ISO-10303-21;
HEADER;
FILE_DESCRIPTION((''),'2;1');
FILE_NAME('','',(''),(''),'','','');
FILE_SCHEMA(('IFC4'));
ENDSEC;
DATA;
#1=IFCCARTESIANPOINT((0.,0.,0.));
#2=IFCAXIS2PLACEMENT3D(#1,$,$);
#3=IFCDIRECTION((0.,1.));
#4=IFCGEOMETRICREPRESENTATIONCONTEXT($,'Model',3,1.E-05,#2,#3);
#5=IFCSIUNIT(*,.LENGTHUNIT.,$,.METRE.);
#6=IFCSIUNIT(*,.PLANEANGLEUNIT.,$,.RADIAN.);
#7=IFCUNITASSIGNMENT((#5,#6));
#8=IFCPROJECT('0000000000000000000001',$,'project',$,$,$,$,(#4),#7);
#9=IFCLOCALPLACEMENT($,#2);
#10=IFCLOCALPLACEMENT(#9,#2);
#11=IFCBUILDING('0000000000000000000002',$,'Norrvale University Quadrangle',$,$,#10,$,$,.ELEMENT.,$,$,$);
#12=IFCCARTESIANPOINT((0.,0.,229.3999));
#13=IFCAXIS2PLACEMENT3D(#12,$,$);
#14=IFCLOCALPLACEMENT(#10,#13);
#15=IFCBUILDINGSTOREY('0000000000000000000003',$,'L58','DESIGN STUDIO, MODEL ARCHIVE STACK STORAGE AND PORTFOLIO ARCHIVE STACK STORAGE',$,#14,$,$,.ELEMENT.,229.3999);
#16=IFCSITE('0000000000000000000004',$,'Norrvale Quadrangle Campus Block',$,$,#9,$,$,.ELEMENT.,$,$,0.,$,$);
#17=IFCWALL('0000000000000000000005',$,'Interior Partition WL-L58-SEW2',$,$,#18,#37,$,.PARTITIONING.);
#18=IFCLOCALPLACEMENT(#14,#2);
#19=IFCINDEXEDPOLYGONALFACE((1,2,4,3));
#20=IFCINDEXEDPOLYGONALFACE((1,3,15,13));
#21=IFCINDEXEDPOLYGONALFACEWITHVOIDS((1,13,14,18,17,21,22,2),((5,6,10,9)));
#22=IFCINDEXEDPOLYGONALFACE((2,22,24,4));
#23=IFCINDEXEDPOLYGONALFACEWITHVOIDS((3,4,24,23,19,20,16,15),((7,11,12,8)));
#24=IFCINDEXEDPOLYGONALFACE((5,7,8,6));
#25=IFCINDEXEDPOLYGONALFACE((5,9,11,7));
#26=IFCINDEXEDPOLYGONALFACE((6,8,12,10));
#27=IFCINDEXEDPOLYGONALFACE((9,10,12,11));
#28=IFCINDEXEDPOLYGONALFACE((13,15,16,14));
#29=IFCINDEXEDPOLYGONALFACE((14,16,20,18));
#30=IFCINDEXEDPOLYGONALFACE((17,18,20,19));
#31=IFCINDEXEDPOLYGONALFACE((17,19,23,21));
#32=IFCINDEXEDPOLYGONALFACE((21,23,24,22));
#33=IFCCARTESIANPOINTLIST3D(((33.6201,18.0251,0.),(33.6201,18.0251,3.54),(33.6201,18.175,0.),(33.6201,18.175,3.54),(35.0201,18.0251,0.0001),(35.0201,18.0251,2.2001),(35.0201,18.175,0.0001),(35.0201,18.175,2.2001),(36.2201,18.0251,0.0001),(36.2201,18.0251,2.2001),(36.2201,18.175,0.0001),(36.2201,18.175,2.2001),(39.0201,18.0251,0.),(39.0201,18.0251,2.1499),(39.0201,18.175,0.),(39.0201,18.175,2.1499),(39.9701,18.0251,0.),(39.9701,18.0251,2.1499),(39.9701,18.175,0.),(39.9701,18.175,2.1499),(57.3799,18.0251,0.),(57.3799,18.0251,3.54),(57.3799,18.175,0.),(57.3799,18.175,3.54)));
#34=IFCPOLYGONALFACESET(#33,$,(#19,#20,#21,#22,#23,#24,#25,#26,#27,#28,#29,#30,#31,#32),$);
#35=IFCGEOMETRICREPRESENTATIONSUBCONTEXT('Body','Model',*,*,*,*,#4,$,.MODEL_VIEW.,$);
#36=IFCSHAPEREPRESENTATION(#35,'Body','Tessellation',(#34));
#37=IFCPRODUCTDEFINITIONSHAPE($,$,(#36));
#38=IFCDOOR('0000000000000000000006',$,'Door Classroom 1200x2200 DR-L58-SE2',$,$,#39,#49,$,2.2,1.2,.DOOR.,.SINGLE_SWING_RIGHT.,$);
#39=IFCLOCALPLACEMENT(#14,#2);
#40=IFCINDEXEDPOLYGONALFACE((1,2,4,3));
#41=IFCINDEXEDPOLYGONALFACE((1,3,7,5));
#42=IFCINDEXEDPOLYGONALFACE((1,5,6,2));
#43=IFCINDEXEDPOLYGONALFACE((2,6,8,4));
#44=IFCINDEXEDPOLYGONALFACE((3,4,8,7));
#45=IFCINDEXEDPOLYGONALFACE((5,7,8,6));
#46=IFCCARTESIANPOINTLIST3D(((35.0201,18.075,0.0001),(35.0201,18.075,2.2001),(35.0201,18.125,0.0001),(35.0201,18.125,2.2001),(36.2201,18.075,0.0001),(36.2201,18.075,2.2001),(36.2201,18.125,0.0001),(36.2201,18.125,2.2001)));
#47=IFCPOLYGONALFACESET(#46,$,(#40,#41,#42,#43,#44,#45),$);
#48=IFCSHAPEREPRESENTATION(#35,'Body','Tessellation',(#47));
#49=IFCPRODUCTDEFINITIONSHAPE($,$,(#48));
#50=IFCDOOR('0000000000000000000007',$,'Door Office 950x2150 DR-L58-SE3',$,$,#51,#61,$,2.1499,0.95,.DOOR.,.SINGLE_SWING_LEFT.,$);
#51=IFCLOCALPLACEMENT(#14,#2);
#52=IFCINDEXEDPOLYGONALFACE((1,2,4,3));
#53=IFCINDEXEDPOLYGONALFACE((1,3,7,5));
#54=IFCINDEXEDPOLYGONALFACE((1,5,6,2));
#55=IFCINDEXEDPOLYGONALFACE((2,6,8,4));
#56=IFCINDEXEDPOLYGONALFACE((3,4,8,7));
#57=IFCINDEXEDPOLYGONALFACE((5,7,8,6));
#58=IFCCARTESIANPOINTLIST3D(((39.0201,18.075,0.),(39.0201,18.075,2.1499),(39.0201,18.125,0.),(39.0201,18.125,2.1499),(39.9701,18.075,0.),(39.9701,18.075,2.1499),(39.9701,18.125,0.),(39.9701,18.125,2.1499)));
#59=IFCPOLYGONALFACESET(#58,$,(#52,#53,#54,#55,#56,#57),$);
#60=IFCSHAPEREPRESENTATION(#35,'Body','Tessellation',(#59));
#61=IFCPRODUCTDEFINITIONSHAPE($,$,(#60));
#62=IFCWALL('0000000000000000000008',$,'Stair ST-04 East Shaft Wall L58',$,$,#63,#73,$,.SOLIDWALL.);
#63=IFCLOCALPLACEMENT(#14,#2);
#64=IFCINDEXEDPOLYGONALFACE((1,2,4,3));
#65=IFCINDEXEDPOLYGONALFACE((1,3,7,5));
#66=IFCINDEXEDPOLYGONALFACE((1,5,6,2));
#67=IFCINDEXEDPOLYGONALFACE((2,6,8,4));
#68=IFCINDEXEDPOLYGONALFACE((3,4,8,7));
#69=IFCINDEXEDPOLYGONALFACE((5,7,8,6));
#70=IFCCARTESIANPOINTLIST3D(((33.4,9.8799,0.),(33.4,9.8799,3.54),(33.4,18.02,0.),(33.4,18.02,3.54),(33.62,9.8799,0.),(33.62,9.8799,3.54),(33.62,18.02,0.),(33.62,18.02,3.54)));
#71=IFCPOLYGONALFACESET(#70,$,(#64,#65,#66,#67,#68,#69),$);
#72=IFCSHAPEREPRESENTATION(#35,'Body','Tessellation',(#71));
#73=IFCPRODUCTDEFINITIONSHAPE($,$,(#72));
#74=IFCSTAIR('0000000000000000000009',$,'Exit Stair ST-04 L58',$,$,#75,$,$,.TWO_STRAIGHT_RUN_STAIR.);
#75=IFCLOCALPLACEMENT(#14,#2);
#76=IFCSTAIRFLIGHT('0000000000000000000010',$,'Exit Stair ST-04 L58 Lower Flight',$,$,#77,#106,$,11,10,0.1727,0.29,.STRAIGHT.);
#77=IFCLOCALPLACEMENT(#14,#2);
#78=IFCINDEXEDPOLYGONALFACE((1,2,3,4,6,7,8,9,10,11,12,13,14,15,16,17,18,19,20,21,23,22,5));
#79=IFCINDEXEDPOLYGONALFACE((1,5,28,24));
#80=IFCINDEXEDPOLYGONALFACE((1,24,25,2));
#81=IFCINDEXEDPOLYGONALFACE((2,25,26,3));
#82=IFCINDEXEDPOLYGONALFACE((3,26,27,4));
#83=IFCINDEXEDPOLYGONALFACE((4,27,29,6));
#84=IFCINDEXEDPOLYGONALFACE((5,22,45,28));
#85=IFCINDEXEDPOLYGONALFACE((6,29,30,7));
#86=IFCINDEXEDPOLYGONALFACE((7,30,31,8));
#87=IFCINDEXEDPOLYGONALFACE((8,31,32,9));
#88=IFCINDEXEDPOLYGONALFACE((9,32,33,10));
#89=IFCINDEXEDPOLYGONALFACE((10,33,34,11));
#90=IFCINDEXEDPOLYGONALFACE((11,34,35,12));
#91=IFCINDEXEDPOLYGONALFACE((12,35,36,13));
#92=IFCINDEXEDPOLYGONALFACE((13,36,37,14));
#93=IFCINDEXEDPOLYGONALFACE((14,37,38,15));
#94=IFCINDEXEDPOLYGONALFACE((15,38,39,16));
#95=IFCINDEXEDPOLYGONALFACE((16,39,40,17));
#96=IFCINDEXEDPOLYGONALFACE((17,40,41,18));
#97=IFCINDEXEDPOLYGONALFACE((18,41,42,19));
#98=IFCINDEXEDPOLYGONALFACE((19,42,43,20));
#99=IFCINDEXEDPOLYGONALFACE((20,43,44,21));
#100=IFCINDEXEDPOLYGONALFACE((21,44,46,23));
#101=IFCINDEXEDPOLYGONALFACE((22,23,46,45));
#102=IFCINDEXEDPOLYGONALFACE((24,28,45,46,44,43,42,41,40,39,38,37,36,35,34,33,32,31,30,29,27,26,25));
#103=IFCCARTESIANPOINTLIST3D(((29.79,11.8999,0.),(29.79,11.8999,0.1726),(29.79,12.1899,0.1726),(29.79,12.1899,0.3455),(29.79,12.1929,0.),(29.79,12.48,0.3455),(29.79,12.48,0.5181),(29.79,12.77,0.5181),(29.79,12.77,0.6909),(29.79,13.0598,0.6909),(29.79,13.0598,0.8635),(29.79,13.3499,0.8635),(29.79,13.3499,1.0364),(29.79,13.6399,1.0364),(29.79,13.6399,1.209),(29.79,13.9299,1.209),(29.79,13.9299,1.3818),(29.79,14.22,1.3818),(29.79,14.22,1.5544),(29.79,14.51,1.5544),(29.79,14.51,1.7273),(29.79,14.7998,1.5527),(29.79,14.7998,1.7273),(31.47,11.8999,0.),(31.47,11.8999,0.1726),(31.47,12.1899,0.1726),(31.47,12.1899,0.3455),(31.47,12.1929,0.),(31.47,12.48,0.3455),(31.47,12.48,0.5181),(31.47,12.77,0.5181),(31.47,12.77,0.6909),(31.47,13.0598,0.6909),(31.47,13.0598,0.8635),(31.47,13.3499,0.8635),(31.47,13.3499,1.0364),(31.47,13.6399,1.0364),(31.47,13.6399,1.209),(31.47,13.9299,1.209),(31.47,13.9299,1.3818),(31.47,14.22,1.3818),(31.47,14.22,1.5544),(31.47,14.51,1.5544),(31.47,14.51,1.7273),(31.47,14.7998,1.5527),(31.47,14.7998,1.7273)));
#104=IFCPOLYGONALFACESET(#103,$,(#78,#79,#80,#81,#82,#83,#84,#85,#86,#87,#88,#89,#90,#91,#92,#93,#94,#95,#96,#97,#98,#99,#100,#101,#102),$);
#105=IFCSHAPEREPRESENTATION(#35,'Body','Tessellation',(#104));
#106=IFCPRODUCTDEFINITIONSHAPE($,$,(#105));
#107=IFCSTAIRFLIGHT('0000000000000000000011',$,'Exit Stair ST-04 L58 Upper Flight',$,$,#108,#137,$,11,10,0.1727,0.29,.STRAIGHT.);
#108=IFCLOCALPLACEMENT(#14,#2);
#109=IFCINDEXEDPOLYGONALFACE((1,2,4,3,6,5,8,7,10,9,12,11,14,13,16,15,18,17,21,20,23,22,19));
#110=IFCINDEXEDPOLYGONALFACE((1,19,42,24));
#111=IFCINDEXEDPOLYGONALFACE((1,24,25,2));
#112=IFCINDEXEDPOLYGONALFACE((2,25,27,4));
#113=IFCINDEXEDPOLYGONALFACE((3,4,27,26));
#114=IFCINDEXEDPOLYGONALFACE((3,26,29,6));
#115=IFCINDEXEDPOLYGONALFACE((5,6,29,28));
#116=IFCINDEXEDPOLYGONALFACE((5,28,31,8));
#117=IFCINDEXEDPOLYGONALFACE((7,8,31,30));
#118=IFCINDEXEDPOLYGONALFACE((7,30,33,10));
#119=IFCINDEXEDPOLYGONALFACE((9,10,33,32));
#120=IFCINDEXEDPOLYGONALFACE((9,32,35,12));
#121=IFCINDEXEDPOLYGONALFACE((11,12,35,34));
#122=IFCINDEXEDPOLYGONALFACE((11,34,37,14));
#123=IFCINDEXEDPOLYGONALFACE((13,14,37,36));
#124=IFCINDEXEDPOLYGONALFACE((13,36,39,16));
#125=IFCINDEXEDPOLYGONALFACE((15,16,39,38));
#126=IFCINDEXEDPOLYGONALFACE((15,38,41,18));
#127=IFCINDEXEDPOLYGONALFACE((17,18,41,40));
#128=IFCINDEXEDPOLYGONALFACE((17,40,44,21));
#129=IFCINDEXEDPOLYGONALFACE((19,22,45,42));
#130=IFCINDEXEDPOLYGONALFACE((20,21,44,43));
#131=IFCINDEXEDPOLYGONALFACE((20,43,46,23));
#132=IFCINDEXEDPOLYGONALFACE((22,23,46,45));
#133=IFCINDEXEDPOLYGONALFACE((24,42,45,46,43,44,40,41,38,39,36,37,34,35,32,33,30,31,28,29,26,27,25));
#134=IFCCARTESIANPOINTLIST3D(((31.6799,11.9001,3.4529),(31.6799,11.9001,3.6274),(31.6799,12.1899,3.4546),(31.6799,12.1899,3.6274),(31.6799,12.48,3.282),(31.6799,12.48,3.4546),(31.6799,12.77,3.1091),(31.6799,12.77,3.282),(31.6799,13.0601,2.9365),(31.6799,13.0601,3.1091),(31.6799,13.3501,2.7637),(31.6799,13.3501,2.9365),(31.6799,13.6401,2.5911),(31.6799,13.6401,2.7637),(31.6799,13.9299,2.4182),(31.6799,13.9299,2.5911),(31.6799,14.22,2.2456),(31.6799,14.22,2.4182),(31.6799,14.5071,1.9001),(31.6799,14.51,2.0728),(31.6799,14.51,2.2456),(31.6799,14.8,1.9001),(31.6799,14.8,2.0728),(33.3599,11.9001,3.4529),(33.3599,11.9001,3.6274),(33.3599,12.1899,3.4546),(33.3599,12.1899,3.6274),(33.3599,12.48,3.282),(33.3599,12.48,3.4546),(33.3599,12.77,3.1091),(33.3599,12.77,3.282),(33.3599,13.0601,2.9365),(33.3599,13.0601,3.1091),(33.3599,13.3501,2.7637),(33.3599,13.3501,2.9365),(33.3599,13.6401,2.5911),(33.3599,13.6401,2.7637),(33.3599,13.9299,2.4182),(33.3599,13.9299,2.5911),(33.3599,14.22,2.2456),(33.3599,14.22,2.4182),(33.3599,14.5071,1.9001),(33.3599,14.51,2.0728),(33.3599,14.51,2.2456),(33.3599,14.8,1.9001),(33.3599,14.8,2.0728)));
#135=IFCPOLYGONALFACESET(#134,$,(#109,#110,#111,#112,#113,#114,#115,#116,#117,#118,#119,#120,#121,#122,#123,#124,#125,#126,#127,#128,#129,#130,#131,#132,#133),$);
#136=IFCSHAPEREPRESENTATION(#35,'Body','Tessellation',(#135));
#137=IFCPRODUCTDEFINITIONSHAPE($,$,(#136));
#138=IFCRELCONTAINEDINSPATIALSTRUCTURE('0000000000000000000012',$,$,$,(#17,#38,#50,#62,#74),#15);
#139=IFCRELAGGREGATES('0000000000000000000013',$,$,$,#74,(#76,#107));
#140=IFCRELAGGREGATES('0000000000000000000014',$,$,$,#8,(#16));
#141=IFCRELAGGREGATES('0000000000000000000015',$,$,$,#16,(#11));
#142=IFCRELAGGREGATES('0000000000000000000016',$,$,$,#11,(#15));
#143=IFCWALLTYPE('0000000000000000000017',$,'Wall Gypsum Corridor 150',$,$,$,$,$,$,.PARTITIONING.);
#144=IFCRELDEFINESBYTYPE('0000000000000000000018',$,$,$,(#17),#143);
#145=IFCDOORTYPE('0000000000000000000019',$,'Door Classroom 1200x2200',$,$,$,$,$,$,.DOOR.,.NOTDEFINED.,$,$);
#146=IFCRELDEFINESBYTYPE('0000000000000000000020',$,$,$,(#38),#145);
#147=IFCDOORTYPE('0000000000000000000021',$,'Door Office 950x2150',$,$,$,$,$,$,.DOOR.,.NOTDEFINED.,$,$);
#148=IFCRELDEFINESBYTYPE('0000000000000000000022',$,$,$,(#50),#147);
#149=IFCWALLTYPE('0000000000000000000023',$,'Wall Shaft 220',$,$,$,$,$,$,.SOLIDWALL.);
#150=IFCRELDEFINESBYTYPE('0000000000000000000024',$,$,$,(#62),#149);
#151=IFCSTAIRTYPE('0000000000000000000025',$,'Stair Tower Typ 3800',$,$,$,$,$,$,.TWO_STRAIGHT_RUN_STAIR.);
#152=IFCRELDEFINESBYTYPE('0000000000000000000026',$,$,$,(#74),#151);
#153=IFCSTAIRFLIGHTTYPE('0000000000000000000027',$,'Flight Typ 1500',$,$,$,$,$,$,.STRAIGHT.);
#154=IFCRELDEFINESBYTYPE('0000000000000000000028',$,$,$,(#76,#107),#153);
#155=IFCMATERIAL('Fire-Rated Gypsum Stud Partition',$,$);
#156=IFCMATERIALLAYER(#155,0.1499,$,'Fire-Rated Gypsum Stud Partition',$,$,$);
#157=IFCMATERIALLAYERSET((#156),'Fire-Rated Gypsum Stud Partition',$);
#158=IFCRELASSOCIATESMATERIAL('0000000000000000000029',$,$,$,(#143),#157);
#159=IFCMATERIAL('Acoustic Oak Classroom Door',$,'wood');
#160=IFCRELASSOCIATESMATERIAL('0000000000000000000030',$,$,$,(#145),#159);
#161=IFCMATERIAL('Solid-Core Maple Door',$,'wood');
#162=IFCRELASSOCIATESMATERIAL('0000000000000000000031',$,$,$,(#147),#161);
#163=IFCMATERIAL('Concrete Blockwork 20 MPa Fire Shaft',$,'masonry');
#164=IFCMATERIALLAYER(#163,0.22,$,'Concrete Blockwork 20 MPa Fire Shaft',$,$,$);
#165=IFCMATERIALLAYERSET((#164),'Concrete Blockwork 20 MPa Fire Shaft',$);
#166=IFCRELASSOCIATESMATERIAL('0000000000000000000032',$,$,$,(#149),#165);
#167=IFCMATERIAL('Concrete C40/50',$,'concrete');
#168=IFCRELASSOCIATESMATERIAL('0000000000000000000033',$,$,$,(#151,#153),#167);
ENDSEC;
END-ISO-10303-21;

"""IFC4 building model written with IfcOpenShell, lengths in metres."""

from ifc_helpers import new_model, si_unit, direction, frame, frame_2d, origin, place, context, subcontext, project, spatial, polyline, rectangle, outline, extrude, material, layer, layer_set, type_object, element, fill, aggregate, save


model = new_model("IFC4")

# Units and contexts
model_context = context("Model", 3, precision=1e-05, world=origin(), true_north=direction((0.0, 1.0)))
body_context = subcontext(model_context, "Body", "Model", "MODEL_VIEW")
ifc_project = project(units=[si_unit("LENGTHUNIT", "METRE"), si_unit("PLANEANGLEUNIT", "RADIAN")], contexts=[model_context])

# Site, building, storey
site_placement = place(None, origin())
site = spatial("IfcSite", under=ifc_project, at=site_placement, Name="Norrvale Quadrangle Campus Block", CompositionType="ELEMENT", RefElevation=0.0)
building_placement = place(site_placement, origin())
building = spatial("IfcBuilding", under=site, at=building_placement, Name="Norrvale University Quadrangle", CompositionType="ELEMENT")
storey_placement = place(building_placement, frame((0.0, 0.0, 229.3999)))
storey = spatial("IfcBuildingStorey", under=building, at=storey_placement, Name="L58", Description="DESIGN STUDIO, MODEL ARCHIVE STACK STORAGE AND PORTFOLIO ARCHIVE STACK STORAGE", CompositionType="ELEMENT", Elevation=229.3999)

# Wall, openings, doors
ifc_material_1 = material(Name="Fire-Rated Gypsum Stud Partition")
ifc_layer_1 = layer(ifc_material_1, 0.1499, Name="Fire-Rated Gypsum Stud Partition")
ifc_layer_set_1 = layer_set([ifc_layer_1], Name="Fire-Rated Gypsum Stud Partition")
wall_type_1 = type_object("IfcWallType", Name="Wall Gypsum Corridor 150", PredefinedType="PARTITIONING", material=ifc_layer_set_1)
wall_1_placement = place(storey_placement, frame((33.6201, 18.1001, 0.0), z_axis=(0.0, 0.0, 1.0), x_axis=(1.0, 0.0, 0.0)))
wall_1 = element("IfcWall", 1, at=wall_1_placement, inside=storey, type_object=wall_type_1, Name="Interior Partition WL-L58-SEW2", PredefinedType="PARTITIONING", context=body_context, shape_type="SweptSolid", body=[
    extrude(rectangle(XDim=23.7598, YDim=0.1499, at=frame_2d((11.8799, 0.0))), origin(), (0.0, 0.0, 1.0), 3.54),
])
opening_1_placement = place(wall_1_placement, frame((1.3999, 0.0, 0.0)))
opening_1 = element("IfcOpeningElement", 2, at=opening_1_placement, cuts=wall_1, PredefinedType="OPENING", context=body_context, shape_type="SweptSolid", body=[
    extrude(rectangle(XDim=1.2, YDim=2.2, at=frame_2d((0.6001, 1.1001))), frame((0.0, 0.0869, 0.0), z_axis=(0.0, -1.0, 0.0), x_axis=(1.0, 0.0, 0.0)), (0.0, 0.0, 1.0), 0.1738),
])
opening_2_placement = place(wall_1_placement, frame((5.3999, 0.0, 0.0)))
opening_2 = element("IfcOpeningElement", 3, at=opening_2_placement, cuts=wall_1, PredefinedType="OPENING", context=body_context, shape_type="SweptSolid", body=[
    extrude(rectangle(XDim=0.95, YDim=2.1499, at=frame_2d((0.4751, 1.075))), frame((0.0, 0.0869, 0.0), z_axis=(0.0, -1.0, 0.0), x_axis=(1.0, 0.0, 0.0)), (0.0, 0.0, 1.0), 0.1738),
])
ifc_material_2 = material(Name="Acoustic Oak Classroom Door", Category="wood")
door_type_1 = type_object("IfcDoorType", Name="Door Classroom 1200x2200", OperationType="NOTDEFINED", PredefinedType="DOOR", material=ifc_material_2)
door_1_placement = place(opening_1_placement, origin())
door_1 = element("IfcDoor", 4, at=door_1_placement, inside=storey, type_object=door_type_1, Name="Door Classroom 1200x2200 DR-L58-SE2", OperationType="SINGLE_SWING_RIGHT", OverallHeight=2.2, OverallWidth=1.2, PredefinedType="DOOR", context=body_context, shape_type="SweptSolid", body=[
    extrude(rectangle(XDim=1.2, YDim=2.2, at=frame_2d((0.6001, 1.1001))), frame((0.0, 0.0249, 0.0), z_axis=(0.0, -1.0, 0.0), x_axis=(1.0, 0.0, 0.0)), (0.0, 0.0, 1.0), 0.05),
])
fill(opening_1, door_1)
ifc_material_3 = material(Name="Solid-Core Maple Door", Category="wood")
door_type_2 = type_object("IfcDoorType", Name="Door Office 950x2150", OperationType="NOTDEFINED", PredefinedType="DOOR", material=ifc_material_3)
door_2_placement = place(opening_2_placement, origin())
door_2 = element("IfcDoor", 5, at=door_2_placement, inside=storey, type_object=door_type_2, Name="Door Office 950x2150 DR-L58-SE3", OperationType="SINGLE_SWING_LEFT", OverallHeight=2.1499, OverallWidth=0.95, PredefinedType="DOOR", context=body_context, shape_type="SweptSolid", body=[
    extrude(rectangle(XDim=0.95, YDim=2.1499, at=frame_2d((0.4751, 1.075))), frame((0.0, 0.0249, 0.0), z_axis=(0.0, -1.0, 0.0), x_axis=(1.0, 0.0, 0.0)), (0.0, 0.0, 1.0), 0.05),
])
fill(opening_2, door_2)

# Wall
ifc_material_4 = material(Name="Concrete Blockwork 20 MPa Fire Shaft", Category="masonry")
ifc_layer_2 = layer(ifc_material_4, 0.22, Name="Concrete Blockwork 20 MPa Fire Shaft")
ifc_layer_set_2 = layer_set([ifc_layer_2], Name="Concrete Blockwork 20 MPa Fire Shaft")
wall_type_2 = type_object("IfcWallType", Name="Wall Shaft 220", PredefinedType="SOLIDWALL", material=ifc_layer_set_2)
wall_2_placement = place(storey_placement, frame((33.51, 9.8799, 0.0), z_axis=(0.0, 0.0, 1.0), x_axis=(0.0, 1.0, 0.0)))
element("IfcWall", 6, at=wall_2_placement, inside=storey, type_object=wall_type_2, Name="Stair ST-04 East Shaft Wall L58", PredefinedType="SOLIDWALL", context=body_context, shape_type="SweptSolid", body=[
    extrude(rectangle(XDim=8.1401, YDim=0.22, at=frame_2d((4.0701, 0.0))), origin(), (0.0, 0.0, 1.0), 3.54),
])

# Stair, stair flights
ifc_material_5 = material(Name="Concrete C40/50", Category="concrete")
stair_type = type_object("IfcStairType", Name="Stair Tower Typ 3800", PredefinedType="TWO_STRAIGHT_RUN_STAIR", material=ifc_material_5)
stair_placement = place(storey_placement, origin())
stair = element("IfcStair", 7, at=stair_placement, inside=storey, type_object=stair_type, Name="Exit Stair ST-04 L58", PredefinedType="TWO_STRAIGHT_RUN_STAIR")
stair_flight_type = type_object("IfcStairFlightType", Name="Flight Typ 1500", PredefinedType="STRAIGHT", material=ifc_material_5)
stair_flight_1_placement = place(storey_placement, frame((30.6299, 11.8999, 0.0), z_axis=(0.0, 0.0, 1.0), x_axis=(0.0, 1.0, 0.0)))
stair_flight_1 = element("IfcStairFlight", 8, at=stair_flight_1_placement, type_object=stair_flight_type, Name="Exit Stair ST-04 L58 Lower Flight", NumberOfRisers=11, NumberOfTreads=10, PredefinedType="STRAIGHT", RiserHeight=0.1727, TreadLength=0.29, context=body_context, shape_type="SweptSolid", body=[
    extrude(outline(polyline([(0.0, 0.0), (0.0, 0.1726), (0.29, 0.1726), (0.29, 0.3455), (0.5801, 0.3455), (0.5801, 0.5181), (0.8701, 0.5181), (0.8701, 0.6909), (1.1599, 0.6909), (1.1599, 0.8635), (1.45, 0.8635), (1.45, 1.0364), (1.74, 1.0364), (1.74, 1.209), (2.03, 1.209), (2.03, 1.3818), (2.3201, 1.3818), (2.3201, 1.5544), (2.6101, 1.5544), (2.6101, 1.7273), (2.8999, 1.7273), (2.8999, 1.8999), (2.8999, 1.5527), (0.293, 0.0), (0.0, 0.0)])), frame((0.0, 0.8398, 0.0), z_axis=(0.0, -1.0, 0.0), x_axis=(1.0, 0.0, 0.0)), (0.0, 0.0, 1.0), 1.6799),
])
stair_flight_2_placement = place(storey_placement, frame((32.52, 14.8, 1.9001), z_axis=(0.0, 0.0, 1.0), x_axis=(0.0, -1.0, 0.0)))
stair_flight_2 = element("IfcStairFlight", 9, at=stair_flight_2_placement, type_object=stair_flight_type, Name="Exit Stair ST-04 L58 Upper Flight", NumberOfRisers=11, NumberOfTreads=10, PredefinedType="STRAIGHT", RiserHeight=0.1727, TreadLength=0.29, context=body_context, shape_type="SweptSolid", body=[
    extrude(outline(polyline([(0.0, 0.0), (0.0, 0.1726), (0.29, 0.1726), (0.29, 0.3455), (0.5801, 0.3455), (0.5801, 0.5181), (0.8701, 0.5181), (0.8701, 0.6909), (1.1599, 0.6909), (1.1599, 0.8635), (1.45, 0.8635), (1.45, 1.0364), (1.74, 1.0364), (1.74, 1.209), (2.03, 1.209), (2.03, 1.3818), (2.3201, 1.3818), (2.3201, 1.5544), (2.6101, 1.5544), (2.6101, 1.7273), (2.8999, 1.7273), (2.8999, 1.8999), (2.8999, 1.5527), (0.293, 0.0), (0.0, 0.0)])), frame((0.0, 0.8398, 0.0), z_axis=(0.0, -1.0, 0.0), x_axis=(1.0, 0.0, 0.0)), (0.0, 0.0, 1.0), 1.6799),
])
aggregate(stair, [stair_flight_1, stair_flight_2])

save(model, "model.ifc")
